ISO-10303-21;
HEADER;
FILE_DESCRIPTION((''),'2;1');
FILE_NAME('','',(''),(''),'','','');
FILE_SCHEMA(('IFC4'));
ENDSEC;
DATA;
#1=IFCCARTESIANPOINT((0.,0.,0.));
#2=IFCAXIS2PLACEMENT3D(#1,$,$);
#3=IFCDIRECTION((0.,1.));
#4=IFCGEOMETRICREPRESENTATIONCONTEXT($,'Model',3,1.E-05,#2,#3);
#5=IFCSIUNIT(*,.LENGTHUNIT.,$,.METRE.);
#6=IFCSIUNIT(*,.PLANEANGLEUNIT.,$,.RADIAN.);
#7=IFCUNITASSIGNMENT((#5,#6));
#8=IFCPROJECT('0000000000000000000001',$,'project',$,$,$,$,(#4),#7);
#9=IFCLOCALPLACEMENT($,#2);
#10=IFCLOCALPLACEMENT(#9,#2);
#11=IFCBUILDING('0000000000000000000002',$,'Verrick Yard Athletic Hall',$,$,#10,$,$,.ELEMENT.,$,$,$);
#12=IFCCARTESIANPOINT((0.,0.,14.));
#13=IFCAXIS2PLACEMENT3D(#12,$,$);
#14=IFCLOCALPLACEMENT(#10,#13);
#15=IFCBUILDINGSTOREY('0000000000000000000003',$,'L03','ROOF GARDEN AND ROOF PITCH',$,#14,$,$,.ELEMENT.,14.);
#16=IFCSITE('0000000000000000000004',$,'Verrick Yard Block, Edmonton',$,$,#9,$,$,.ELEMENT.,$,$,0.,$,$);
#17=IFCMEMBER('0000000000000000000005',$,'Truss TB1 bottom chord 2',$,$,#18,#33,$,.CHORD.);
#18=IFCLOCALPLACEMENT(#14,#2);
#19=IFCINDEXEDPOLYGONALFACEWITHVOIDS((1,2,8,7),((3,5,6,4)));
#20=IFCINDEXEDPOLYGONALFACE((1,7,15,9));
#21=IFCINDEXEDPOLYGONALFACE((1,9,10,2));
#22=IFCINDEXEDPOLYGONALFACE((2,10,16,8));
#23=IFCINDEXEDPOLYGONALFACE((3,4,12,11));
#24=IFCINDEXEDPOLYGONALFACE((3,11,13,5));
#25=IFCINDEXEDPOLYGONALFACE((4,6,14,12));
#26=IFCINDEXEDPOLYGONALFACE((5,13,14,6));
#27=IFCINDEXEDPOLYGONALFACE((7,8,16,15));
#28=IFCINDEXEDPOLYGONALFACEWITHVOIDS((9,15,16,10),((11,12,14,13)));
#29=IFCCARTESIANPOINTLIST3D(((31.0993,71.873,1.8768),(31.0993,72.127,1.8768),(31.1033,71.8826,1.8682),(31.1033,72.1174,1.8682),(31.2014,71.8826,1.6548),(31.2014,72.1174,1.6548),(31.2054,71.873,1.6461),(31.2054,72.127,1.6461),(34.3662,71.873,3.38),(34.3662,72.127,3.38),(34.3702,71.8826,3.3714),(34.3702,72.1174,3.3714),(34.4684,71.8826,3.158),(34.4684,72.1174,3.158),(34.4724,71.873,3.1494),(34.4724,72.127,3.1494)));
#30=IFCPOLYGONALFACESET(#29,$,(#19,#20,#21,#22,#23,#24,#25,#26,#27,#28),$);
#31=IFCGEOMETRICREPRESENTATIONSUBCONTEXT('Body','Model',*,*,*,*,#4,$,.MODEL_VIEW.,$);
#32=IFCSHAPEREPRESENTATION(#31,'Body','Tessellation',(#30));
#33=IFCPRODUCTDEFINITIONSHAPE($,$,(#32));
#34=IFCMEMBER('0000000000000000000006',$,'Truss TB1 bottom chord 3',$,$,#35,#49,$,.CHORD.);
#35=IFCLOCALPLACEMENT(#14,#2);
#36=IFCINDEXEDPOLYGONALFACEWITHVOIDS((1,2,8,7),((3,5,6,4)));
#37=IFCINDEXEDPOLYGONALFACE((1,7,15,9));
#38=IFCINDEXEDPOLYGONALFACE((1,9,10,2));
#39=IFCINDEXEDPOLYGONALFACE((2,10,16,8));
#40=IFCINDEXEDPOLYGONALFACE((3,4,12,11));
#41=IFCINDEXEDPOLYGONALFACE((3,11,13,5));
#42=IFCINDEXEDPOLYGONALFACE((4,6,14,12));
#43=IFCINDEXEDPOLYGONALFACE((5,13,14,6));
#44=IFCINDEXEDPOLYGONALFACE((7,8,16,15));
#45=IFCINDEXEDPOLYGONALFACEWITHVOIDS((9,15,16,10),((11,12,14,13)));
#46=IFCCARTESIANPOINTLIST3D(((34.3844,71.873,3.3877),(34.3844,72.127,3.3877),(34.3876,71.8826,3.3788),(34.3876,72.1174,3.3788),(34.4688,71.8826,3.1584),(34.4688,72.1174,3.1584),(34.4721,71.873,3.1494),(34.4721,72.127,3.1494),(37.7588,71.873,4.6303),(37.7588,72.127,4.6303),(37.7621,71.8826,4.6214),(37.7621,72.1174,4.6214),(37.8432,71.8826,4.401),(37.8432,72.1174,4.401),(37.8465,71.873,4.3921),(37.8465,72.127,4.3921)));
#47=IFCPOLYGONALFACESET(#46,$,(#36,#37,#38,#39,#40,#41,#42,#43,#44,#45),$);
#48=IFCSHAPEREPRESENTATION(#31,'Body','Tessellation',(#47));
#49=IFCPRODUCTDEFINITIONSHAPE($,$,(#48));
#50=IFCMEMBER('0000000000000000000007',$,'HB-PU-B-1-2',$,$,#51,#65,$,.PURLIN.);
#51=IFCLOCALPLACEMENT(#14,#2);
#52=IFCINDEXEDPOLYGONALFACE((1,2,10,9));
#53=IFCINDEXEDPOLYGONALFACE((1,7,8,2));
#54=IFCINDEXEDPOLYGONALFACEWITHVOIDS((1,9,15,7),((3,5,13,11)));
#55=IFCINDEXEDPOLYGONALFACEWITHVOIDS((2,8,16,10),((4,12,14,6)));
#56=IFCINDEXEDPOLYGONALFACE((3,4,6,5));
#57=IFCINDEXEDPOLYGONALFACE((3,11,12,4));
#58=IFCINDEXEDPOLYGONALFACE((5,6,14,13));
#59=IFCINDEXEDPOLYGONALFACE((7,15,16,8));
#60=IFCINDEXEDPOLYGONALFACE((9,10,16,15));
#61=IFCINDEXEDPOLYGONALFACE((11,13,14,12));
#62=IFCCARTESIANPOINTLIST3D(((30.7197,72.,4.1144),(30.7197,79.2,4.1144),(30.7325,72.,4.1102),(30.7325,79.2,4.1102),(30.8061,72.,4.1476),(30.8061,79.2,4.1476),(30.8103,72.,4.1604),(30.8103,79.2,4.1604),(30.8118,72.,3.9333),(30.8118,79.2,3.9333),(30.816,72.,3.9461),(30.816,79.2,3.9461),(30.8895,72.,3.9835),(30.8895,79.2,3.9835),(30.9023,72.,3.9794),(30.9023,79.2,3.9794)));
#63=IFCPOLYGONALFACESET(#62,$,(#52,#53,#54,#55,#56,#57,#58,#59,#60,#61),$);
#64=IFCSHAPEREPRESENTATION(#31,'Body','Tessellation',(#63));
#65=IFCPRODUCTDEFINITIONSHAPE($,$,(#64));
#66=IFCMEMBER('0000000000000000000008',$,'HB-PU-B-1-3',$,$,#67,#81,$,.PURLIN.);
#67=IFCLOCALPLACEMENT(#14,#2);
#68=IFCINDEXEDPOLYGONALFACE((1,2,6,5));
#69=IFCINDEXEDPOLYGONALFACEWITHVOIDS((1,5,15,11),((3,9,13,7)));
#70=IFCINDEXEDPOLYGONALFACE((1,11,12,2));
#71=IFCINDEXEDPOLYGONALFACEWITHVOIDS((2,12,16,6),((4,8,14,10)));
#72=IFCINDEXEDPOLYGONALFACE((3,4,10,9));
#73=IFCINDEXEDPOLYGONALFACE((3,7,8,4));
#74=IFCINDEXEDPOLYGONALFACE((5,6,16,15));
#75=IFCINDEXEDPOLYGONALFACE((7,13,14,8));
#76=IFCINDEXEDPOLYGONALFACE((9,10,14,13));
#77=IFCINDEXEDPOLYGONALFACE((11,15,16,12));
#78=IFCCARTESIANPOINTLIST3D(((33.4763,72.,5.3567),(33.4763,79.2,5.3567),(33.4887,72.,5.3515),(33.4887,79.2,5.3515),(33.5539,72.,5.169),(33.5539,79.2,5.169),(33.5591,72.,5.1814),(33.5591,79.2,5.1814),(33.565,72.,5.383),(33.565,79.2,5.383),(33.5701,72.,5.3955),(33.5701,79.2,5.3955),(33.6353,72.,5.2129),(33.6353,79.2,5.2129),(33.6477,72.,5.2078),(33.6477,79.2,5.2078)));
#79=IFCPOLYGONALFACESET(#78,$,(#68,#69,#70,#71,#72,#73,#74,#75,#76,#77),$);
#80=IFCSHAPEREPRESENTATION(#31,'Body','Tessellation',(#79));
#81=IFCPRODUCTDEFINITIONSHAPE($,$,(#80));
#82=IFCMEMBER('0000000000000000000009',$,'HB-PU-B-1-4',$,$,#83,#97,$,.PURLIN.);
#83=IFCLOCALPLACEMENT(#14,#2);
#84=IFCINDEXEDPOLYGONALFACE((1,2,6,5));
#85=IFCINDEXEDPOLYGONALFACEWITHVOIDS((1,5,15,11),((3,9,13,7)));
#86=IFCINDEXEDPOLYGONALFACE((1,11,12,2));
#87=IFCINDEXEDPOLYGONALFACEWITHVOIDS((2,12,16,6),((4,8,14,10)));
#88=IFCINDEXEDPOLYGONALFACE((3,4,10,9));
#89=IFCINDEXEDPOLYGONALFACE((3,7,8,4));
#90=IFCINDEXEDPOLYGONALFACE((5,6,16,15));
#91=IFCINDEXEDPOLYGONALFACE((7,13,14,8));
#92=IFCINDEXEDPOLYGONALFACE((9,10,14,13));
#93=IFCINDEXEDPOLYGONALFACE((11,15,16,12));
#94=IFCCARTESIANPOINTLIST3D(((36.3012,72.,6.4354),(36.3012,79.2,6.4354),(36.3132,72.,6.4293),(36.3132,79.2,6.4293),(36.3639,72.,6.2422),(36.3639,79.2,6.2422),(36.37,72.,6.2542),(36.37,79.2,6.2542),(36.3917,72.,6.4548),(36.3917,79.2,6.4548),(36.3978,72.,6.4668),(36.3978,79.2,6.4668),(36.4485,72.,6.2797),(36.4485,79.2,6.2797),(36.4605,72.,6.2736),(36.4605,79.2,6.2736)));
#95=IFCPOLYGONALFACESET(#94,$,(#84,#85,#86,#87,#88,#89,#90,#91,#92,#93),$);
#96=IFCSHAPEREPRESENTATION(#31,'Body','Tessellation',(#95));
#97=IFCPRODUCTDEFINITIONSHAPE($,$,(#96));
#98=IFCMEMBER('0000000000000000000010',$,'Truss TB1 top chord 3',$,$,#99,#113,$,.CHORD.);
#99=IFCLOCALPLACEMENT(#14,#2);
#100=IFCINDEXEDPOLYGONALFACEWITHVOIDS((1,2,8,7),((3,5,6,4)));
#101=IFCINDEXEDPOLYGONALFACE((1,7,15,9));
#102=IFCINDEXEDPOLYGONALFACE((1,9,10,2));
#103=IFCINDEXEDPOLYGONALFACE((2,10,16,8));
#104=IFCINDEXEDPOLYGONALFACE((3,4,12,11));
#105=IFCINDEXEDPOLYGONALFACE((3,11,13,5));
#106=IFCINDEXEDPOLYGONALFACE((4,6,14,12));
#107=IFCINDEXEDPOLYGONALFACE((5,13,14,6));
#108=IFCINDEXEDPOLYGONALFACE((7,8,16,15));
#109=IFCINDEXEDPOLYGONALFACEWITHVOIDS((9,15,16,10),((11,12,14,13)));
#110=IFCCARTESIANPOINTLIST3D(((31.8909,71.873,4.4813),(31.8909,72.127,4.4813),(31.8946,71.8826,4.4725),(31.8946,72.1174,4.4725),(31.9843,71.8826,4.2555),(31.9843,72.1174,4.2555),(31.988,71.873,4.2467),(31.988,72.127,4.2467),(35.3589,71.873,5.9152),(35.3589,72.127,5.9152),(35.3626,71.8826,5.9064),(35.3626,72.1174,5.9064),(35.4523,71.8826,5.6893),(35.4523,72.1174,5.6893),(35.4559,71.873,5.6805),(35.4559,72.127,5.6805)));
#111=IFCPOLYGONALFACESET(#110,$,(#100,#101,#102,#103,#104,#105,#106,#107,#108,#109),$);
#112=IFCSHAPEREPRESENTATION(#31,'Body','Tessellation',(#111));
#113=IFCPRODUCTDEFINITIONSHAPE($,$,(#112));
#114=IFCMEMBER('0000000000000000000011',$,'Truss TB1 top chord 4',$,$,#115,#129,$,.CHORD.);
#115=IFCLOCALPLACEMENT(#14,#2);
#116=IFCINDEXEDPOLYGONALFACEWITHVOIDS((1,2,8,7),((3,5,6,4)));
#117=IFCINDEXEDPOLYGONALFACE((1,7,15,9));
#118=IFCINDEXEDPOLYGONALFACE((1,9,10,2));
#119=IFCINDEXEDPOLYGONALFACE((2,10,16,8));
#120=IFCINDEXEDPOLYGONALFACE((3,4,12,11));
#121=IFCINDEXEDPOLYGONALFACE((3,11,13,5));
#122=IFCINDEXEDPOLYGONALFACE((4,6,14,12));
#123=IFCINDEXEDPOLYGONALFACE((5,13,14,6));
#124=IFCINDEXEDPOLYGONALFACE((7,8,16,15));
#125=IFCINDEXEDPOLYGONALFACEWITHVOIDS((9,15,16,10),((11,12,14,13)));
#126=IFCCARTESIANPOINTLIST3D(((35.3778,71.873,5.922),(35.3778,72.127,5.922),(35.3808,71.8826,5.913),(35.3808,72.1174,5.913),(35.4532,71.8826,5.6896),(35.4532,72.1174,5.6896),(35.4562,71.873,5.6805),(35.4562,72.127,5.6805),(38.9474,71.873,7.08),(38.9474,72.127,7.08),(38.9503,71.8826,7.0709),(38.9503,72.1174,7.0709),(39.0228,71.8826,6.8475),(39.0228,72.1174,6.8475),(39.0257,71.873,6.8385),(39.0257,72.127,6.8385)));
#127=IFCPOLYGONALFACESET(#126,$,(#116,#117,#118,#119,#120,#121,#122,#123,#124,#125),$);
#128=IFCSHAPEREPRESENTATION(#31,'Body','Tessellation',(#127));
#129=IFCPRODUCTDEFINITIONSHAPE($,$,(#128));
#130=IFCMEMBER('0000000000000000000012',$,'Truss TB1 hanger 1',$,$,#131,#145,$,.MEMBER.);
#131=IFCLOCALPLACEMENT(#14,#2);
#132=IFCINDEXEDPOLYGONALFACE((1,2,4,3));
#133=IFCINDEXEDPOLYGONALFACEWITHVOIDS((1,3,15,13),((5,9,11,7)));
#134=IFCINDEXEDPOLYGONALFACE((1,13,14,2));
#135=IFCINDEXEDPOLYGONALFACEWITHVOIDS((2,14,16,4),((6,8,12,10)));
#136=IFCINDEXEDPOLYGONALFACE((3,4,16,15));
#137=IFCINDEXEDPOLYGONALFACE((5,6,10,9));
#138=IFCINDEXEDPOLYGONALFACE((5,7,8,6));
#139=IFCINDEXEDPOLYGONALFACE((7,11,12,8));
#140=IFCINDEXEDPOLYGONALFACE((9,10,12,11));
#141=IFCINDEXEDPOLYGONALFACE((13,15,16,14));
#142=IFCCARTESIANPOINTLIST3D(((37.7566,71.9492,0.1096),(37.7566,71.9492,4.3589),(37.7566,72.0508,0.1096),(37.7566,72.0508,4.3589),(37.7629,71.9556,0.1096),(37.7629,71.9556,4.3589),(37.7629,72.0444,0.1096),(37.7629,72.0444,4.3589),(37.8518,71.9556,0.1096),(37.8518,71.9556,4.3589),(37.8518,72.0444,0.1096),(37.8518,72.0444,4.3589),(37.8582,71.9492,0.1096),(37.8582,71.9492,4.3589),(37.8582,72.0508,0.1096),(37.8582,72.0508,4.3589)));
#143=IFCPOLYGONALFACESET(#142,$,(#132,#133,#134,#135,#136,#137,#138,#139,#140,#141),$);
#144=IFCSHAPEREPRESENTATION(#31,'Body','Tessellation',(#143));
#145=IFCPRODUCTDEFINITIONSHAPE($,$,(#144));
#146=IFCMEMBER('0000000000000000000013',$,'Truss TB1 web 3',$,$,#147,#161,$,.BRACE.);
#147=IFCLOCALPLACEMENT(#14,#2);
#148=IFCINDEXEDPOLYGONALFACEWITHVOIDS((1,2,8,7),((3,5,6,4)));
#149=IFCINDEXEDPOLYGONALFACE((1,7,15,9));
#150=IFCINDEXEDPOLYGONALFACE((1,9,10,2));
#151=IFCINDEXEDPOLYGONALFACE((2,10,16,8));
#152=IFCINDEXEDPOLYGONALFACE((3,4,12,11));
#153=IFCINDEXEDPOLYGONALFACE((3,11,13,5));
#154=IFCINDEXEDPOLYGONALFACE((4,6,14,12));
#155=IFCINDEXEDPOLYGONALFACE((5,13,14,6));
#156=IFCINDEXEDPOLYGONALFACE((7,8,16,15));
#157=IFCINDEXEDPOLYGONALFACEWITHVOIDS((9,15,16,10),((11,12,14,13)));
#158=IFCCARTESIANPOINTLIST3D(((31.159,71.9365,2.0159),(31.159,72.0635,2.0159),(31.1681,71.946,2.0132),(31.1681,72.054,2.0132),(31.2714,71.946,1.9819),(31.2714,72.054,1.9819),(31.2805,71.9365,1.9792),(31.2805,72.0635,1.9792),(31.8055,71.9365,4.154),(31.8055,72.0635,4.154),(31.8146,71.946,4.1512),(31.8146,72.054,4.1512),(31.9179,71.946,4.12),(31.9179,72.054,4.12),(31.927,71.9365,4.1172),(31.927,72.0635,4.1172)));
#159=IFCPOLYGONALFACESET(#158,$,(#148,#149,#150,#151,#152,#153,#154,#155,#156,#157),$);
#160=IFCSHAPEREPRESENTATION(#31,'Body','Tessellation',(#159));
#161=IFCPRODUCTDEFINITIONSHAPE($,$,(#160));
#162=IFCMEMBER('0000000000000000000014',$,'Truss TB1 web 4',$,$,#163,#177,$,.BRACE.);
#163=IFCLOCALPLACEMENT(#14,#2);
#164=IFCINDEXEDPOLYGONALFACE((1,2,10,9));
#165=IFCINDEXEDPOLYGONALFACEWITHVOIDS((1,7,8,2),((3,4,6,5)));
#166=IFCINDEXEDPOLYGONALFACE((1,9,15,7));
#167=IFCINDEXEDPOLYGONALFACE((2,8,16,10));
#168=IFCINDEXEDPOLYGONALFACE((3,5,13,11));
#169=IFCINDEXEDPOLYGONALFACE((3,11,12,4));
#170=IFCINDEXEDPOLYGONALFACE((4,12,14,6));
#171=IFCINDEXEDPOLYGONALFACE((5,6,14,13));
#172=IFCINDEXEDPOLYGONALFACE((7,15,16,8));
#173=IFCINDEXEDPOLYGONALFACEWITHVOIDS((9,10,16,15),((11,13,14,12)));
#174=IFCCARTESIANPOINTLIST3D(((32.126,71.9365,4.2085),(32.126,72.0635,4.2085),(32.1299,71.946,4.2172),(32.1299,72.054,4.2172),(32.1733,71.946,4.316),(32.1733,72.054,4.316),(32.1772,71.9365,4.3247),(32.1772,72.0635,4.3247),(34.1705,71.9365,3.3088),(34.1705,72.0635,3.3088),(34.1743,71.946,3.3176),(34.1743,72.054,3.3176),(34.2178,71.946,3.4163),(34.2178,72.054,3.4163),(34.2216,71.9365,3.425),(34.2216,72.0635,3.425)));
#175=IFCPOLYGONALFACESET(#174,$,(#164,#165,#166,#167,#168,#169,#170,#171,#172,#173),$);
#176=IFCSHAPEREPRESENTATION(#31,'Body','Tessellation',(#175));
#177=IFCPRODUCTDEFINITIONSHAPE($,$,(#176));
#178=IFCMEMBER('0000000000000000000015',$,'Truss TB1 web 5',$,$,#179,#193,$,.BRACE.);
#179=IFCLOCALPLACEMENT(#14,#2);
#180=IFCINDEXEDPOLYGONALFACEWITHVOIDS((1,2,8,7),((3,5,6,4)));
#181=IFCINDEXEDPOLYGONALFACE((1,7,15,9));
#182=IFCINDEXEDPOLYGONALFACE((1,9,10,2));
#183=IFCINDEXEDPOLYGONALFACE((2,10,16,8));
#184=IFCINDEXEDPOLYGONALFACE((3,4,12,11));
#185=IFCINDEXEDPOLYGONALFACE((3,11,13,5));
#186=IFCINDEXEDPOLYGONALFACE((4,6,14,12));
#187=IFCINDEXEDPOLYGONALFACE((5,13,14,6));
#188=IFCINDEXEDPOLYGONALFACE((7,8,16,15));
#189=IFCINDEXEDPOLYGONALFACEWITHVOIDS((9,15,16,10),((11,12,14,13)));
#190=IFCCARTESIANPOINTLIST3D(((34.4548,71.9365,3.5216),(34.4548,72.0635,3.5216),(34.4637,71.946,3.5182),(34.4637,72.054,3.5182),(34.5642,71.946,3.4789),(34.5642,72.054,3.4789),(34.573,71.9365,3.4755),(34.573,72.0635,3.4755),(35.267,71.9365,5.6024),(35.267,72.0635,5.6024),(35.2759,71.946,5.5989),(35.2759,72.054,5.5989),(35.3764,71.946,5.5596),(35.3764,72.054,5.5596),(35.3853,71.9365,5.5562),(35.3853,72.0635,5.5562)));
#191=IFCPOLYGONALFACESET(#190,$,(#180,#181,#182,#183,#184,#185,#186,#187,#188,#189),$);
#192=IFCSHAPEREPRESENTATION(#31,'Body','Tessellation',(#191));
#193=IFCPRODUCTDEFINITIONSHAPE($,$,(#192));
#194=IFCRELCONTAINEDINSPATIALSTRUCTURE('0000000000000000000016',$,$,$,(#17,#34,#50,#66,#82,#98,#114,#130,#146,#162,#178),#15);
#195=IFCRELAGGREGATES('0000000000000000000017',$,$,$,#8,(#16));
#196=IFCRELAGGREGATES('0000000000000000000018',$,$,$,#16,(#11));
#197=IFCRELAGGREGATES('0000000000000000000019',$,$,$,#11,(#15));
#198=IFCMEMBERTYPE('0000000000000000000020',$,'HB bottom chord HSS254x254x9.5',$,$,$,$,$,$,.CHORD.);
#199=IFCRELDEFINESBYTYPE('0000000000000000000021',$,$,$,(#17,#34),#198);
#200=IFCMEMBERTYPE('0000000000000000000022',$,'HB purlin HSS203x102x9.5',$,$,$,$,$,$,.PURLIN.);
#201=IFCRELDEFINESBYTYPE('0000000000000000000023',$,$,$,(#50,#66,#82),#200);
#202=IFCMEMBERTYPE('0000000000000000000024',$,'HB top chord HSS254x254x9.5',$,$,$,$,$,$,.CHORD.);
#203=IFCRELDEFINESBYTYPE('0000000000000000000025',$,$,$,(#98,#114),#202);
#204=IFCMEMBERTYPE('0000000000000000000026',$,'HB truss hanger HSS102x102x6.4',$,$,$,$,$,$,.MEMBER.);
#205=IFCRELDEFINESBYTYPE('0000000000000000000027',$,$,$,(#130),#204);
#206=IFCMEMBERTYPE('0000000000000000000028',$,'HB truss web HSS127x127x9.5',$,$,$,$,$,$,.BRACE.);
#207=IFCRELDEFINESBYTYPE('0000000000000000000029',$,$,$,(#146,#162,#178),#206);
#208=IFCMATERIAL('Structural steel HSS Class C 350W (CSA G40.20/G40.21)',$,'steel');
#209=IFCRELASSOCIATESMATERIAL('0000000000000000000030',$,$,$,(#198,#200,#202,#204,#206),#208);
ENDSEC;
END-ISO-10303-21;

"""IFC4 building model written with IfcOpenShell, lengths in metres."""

from ifc_helpers import new_model, si_unit, direction, frame, origin, origin_2d, place, context, subcontext, project, spatial, hollow_rectangle, extrude, material, material_profile, profile_set, type_object, element, save


model = new_model("IFC4")

# Units and contexts
model_context = context("Model", 3, precision=1e-05, world=origin(), true_north=direction((0.0, 1.0)))
body_context = subcontext(model_context, "Body", "Model", "MODEL_VIEW")
ifc_project = project(units=[si_unit("LENGTHUNIT", "METRE"), si_unit("PLANEANGLEUNIT", "RADIAN")], contexts=[model_context])

# Site, building, storey
site_placement = place(None, origin())
site = spatial("IfcSite", under=ifc_project, at=site_placement, Name="Verrick Yard Block, Edmonton", CompositionType="ELEMENT", RefElevation=0.0)
building_placement = place(site_placement, origin())
building = spatial("IfcBuilding", under=site, at=building_placement, Name="Verrick Yard Athletic Hall", CompositionType="ELEMENT")
storey_placement = place(building_placement, frame((0.0, 0.0, 14.0)))
storey = spatial("IfcBuildingStorey", under=building, at=storey_placement, Name="L03", Description="ROOF GARDEN AND ROOF PITCH", CompositionType="ELEMENT", Elevation=14.0)

# Members
ifc_material_1 = material(Name="Structural steel HSS Class C 350W (CSA G40.20/G40.21)", Category="steel")
ifc_material_profile_1 = material_profile(ifc_material_1, hollow_rectangle(XDim=0.2539, YDim=0.2539, WallThickness=0.0095, at=origin_2d()), Name="HSS254x254x9.5")
ifc_profile_set_1 = profile_set([ifc_material_profile_1], Name="Structural steel HSS Class C 350W (CSA G40.20/G40.21)")
member_type_1 = type_object("IfcMemberType", Name="HB bottom chord HSS254x254x9.5", PredefinedType="CHORD", material=ifc_profile_set_1)
member_1_placement = place(storey_placement, frame((31.1523, 72.0, 1.7615), z_axis=(0.908446, 0.0, 0.418003), x_axis=(0.0, 1.0, 0.0)))
element("IfcMember", 1, at=member_1_placement, inside=storey, type_object=member_type_1, Name="Truss TB1 bottom chord 2", PredefinedType="CHORD", context=body_context, shape_type="SweptSolid", body=[
    extrude(hollow_rectangle(XDim=0.2539, YDim=0.2539, WallThickness=0.0095, at=origin_2d()), origin(), (0.0, 0.0, 1.0), 3.5962),
])
member_2_placement = place(storey_placement, frame((34.4282, 72.0, 3.2686), z_axis=(0.938394, 0.0, 0.345567), x_axis=(0.0, 1.0, 0.0)))
element("IfcMember", 2, at=member_2_placement, inside=storey, type_object=member_type_1, Name="Truss TB1 bottom chord 3", PredefinedType="CHORD", context=body_context, shape_type="SweptSolid", body=[
    extrude(hollow_rectangle(XDim=0.2539, YDim=0.2539, WallThickness=0.0095, at=origin_2d()), origin(), (0.0, 0.0, 1.0), 3.5959),
])
ifc_material_profile_2 = material_profile(ifc_material_1, hollow_rectangle(XDim=0.1016, YDim=0.2031, WallThickness=0.0095, at=origin_2d()), Name="HSS203x102x9.5")
ifc_profile_set_2 = profile_set([ifc_material_profile_2], Name="Structural steel HSS Class C 350W (CSA G40.20/G40.21)")
member_type_2 = type_object("IfcMemberType", Name="HB purlin HSS203x102x9.5", PredefinedType="PURLIN", material=ifc_profile_set_2)
for number, where, z_axis, x_axis, name in (
    (3, (30.811, 72.0, 4.0469), (0.0, 1.0, 0.0), (-0.891353, 0.0, -0.45331), "HB-PU-B-1-2"),
    (4, (33.562, 72.0, 5.2822), (0.0, 1.0, 0.0), (-0.924123, 0.0, -0.382096), "HB-PU-B-1-3"),
    (5, (36.3809, 72.0, 6.3545), (0.0, 1.0, 0.0), (-0.951214, 0.0, -0.308533), "HB-PU-B-1-4"),
):
    element("IfcMember", number, at=place(storey_placement, frame(where, z_axis=z_axis, x_axis=x_axis)), inside=storey, type_object=member_type_2, Name=name, PredefinedType="PURLIN", context=body_context, shape_type="SweptSolid", body=[
        extrude(hollow_rectangle(XDim=0.1016, YDim=0.2031, WallThickness=0.0095, at=origin_2d()), origin(), (0.0, 0.0, 1.0), 7.2),
    ])
ifc_material_profile_3 = material_profile(ifc_material_1, hollow_rectangle(XDim=0.2539, YDim=0.2539, WallThickness=0.0095, at=origin_2d()), Name="HSS254x254x9.5")
ifc_profile_set_3 = profile_set([ifc_material_profile_3], Name="Structural steel HSS Class C 350W (CSA G40.20/G40.21)")
member_type_3 = type_object("IfcMemberType", Name="HB top chord HSS254x254x9.5", PredefinedType="CHORD", material=ifc_profile_set_3)
for number, where, z_axis, x_axis, name in (
    (6, (31.9395, 72.0, 4.364), (0.92413, 0.0, 0.382078), (0.0, 1.0, 0.0), "Truss TB1 top chord 3"),
    (7, (35.417, 72.0, 5.8013), (0.951203, 0.0, 0.308567), (0.0, 1.0, 0.0), "Truss TB1 top chord 4"),
):
    element("IfcMember", number, at=place(storey_placement, frame(where, z_axis=z_axis, x_axis=x_axis)), inside=storey, type_object=member_type_3, Name=name, PredefinedType="CHORD", context=body_context, shape_type="SweptSolid", body=[
        extrude(hollow_rectangle(XDim=0.2539, YDim=0.2539, WallThickness=0.0095, at=origin_2d()), origin(), (0.0, 0.0, 1.0), 3.7527),
    ])
ifc_material_profile_4 = material_profile(ifc_material_1, hollow_rectangle(XDim=0.1016, YDim=0.1016, WallThickness=0.0063, at=origin_2d()), Name="HSS102x102x6.4")
ifc_profile_set_4 = profile_set([ifc_material_profile_4], Name="Structural steel HSS Class C 350W (CSA G40.20/G40.21)")
member_type_4 = type_object("IfcMemberType", Name="HB truss hanger HSS102x102x6.4", PredefinedType="MEMBER", material=ifc_profile_set_4)
member_3_placement = place(storey_placement, frame((37.8074, 72.0, 4.3589), z_axis=(0.0, 0.0, -1.0), x_axis=(0.0, -1.0, 0.0)))
element("IfcMember", 8, at=member_3_placement, inside=storey, type_object=member_type_4, Name="Truss TB1 hanger 1", PredefinedType="MEMBER", context=body_context, shape_type="SweptSolid", body=[
    extrude(hollow_rectangle(XDim=0.1016, YDim=0.1016, WallThickness=0.0063, at=origin_2d()), origin(), (0.0, 0.0, 1.0), 4.2493),
])
ifc_material_profile_5 = material_profile(ifc_material_1, hollow_rectangle(XDim=0.127, YDim=0.127, WallThickness=0.0095, at=origin_2d()), Name="HSS127x127x9.5")
ifc_profile_set_5 = profile_set([ifc_material_profile_5], Name="Structural steel HSS Class C 350W (CSA G40.20/G40.21)")
member_type_5 = type_object("IfcMemberType", Name="HB truss web HSS127x127x9.5", PredefinedType="BRACE", material=ifc_profile_set_5)
for number, where, z_axis, x_axis, name in (
    (9, (31.2197, 72.0, 1.9976), (0.289443, 0.0, 0.957195), (0.0, 1.0, 0.0), "Truss TB1 web 3"),
    (10, (32.1516, 72.0, 4.2666), (0.915297, 0.0, -0.402779), (0.0, 1.0, 0.0), "Truss TB1 web 4"),
    (11, (34.5139, 72.0, 3.4985), (0.363633, 0.0, 0.931542), (0.0, 1.0, 0.0), "Truss TB1 web 5"),
):
    element("IfcMember", number, at=place(storey_placement, frame(where, z_axis=z_axis, x_axis=x_axis)), inside=storey, type_object=member_type_5, Name=name, PredefinedType="BRACE", context=body_context, shape_type="SweptSolid", body=[
        extrude(hollow_rectangle(XDim=0.127, YDim=0.127, WallThickness=0.0095, at=origin_2d()), origin(), (0.0, 0.0, 1.0), 2.2336),
    ])

save(model, "model.ifc")
